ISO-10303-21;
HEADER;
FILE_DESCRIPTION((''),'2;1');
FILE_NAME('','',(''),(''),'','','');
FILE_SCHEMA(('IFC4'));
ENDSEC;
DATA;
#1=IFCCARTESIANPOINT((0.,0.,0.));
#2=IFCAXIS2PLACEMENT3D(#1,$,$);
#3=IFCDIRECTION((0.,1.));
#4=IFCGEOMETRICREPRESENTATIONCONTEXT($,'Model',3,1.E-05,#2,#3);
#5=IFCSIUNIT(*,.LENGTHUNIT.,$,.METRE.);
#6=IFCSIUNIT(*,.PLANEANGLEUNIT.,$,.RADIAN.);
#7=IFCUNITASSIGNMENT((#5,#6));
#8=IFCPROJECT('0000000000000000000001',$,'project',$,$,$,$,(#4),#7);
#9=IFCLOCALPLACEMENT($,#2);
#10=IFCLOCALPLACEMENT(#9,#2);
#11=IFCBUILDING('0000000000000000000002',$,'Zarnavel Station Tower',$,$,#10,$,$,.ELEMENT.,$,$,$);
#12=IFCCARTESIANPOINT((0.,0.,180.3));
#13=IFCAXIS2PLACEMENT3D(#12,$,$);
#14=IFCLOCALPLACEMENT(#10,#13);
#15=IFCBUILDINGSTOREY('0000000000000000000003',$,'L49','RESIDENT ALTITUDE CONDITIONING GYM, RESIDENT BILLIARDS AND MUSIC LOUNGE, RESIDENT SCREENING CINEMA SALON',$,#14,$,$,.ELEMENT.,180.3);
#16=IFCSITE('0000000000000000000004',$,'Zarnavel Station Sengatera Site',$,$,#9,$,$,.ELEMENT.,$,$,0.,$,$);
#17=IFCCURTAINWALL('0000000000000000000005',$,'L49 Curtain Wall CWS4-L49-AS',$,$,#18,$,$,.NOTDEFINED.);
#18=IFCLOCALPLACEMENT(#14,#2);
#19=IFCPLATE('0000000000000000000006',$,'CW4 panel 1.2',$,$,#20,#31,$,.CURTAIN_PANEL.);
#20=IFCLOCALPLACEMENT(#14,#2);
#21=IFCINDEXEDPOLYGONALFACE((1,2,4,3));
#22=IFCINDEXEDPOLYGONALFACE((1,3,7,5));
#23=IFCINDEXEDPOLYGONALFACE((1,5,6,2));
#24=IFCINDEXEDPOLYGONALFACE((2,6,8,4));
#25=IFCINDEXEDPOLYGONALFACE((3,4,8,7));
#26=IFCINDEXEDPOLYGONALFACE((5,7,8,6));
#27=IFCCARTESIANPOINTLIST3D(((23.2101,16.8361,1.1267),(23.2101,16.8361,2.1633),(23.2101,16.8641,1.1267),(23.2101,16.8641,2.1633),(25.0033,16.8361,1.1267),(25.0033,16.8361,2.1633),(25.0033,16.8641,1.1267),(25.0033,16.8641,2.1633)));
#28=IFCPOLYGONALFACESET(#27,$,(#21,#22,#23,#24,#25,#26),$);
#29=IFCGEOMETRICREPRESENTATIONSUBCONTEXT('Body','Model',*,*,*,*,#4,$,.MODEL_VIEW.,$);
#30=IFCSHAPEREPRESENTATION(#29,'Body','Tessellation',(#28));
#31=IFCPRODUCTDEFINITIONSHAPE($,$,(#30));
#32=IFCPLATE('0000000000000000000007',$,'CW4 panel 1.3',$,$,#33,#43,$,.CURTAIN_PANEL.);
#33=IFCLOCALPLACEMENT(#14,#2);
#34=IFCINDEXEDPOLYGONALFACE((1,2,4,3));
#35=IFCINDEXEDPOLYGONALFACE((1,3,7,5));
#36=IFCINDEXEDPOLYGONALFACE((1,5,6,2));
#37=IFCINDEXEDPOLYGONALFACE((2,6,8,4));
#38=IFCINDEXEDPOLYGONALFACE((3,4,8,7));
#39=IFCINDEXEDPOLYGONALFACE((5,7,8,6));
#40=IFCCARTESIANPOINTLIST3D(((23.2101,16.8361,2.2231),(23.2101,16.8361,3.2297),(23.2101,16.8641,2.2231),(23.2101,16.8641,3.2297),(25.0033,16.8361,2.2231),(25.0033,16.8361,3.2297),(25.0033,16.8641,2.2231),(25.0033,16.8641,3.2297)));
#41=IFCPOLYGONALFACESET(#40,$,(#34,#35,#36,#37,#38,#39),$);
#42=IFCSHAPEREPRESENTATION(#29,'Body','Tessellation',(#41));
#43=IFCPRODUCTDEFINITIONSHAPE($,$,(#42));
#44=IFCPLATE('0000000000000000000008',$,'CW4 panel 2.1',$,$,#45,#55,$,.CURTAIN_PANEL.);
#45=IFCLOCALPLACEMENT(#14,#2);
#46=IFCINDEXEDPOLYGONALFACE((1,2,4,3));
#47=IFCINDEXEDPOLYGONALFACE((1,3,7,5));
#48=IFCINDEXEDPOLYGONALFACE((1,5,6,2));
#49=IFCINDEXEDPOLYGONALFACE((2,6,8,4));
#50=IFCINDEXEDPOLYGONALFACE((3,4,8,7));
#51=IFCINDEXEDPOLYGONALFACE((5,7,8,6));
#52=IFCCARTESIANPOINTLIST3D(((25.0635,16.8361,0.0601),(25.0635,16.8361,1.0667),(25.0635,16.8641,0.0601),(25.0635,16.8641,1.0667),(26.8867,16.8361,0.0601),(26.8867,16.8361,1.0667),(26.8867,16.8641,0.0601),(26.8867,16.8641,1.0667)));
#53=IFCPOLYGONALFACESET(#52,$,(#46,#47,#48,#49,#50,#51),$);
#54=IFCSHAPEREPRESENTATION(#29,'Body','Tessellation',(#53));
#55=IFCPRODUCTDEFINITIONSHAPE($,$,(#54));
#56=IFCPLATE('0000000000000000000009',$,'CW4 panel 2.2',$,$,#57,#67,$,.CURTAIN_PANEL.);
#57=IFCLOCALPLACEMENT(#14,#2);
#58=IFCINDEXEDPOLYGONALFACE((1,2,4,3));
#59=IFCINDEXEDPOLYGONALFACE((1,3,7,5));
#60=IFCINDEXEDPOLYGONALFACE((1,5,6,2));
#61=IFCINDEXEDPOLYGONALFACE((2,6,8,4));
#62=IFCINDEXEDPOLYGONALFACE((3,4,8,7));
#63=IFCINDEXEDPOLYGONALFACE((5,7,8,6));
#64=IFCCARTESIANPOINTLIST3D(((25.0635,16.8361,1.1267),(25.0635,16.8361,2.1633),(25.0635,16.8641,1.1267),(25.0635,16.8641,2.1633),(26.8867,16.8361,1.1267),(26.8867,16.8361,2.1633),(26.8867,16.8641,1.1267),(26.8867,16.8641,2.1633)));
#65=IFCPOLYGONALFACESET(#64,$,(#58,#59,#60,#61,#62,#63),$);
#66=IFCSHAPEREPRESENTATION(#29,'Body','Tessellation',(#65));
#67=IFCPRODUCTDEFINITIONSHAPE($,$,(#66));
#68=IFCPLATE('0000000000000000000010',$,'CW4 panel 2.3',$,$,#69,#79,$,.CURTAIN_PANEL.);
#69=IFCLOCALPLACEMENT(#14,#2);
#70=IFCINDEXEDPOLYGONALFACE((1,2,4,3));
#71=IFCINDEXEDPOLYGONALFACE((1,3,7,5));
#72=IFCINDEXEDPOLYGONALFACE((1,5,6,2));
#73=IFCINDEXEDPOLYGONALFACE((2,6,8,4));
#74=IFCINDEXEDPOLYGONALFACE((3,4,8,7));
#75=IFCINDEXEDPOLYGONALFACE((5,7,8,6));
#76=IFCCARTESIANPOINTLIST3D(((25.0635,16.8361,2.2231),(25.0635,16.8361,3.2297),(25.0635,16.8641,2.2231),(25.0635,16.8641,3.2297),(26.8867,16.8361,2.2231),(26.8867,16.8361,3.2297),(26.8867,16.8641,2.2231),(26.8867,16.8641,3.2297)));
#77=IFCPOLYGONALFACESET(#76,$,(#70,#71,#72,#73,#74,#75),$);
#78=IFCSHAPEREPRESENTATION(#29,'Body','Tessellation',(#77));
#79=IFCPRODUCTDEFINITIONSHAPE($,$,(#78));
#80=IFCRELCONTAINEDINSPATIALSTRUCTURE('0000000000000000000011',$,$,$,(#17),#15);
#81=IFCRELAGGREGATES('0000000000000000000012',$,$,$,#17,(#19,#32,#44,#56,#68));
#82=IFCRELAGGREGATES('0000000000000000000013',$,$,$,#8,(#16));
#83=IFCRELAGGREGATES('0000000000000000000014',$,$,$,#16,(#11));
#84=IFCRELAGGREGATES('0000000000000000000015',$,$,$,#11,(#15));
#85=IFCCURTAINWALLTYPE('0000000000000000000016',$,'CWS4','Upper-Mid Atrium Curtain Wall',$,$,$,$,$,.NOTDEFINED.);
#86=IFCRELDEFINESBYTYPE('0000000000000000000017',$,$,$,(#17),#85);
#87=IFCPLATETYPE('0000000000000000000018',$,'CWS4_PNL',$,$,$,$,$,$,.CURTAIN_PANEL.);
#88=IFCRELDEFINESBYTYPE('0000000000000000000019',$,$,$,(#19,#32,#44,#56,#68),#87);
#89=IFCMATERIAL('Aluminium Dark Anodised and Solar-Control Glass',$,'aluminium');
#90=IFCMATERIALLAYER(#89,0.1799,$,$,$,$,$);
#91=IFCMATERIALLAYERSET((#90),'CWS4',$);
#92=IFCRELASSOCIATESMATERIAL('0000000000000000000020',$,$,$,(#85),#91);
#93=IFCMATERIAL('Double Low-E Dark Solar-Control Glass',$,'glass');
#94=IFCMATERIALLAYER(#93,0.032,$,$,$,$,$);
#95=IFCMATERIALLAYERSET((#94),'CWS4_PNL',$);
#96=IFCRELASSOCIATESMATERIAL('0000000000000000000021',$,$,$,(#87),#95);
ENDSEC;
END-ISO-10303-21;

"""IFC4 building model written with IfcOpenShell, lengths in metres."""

from ifc_helpers import new_model, si_unit, direction, frame, origin, origin_2d, place, context, subcontext, project, spatial, rectangle, extrude, material, layer, layer_set, type_object, element, aggregate, save


model = new_model("IFC4")

# Units and contexts
model_context = context("Model", 3, precision=1e-05, world=origin(), true_north=direction((0.0, 1.0)))
body_context = subcontext(model_context, "Body", "Model", "MODEL_VIEW")
ifc_project = project(units=[si_unit("LENGTHUNIT", "METRE"), si_unit("PLANEANGLEUNIT", "RADIAN")], contexts=[model_context])

# Site, building, storey
site_placement = place(None, origin())
site = spatial("IfcSite", under=ifc_project, at=site_placement, Name="Zarnavel Station Sengatera Site", CompositionType="ELEMENT", RefElevation=0.0)
building_placement = place(site_placement, origin())
building = spatial("IfcBuilding", under=site, at=building_placement, Name="Zarnavel Station Tower", CompositionType="ELEMENT")
storey_placement = place(building_placement, frame((0.0, 0.0, 180.3)))
storey = spatial("IfcBuildingStorey", under=building, at=storey_placement, Name="L49", Description="RESIDENT ALTITUDE CONDITIONING GYM, RESIDENT BILLIARDS AND MUSIC LOUNGE, RESIDENT SCREENING CINEMA SALON", CompositionType="ELEMENT", Elevation=180.3)

# Curtain wall, plates
ifc_material_1 = material(Name="Aluminium Dark Anodised and Solar-Control Glass", Category="aluminium")
ifc_layer_1 = layer(ifc_material_1, 0.1799)
ifc_layer_set_1 = layer_set([ifc_layer_1], Name="CWS4")
curtain_wall_type = type_object("IfcCurtainWallType", Name="CWS4", Description="Upper-Mid Atrium Curtain Wall", PredefinedType="NOTDEFINED", material=ifc_layer_set_1)
curtain_wall_placement = place(storey_placement, origin())
curtain_wall = element("IfcCurtainWall", 1, at=curtain_wall_placement, inside=storey, type_object=curtain_wall_type, Name="L49 Curtain Wall CWS4-L49-AS", PredefinedType="NOTDEFINED")
ifc_material_2 = material(Name="Double Low-E Dark Solar-Control Glass", Category="glass")
ifc_layer_2 = layer(ifc_material_2, 0.032)
ifc_layer_set_2 = layer_set([ifc_layer_2], Name="CWS4_PNL")
plate_type = type_object("IfcPlateType", Name="CWS4_PNL", PredefinedType="CURTAIN_PANEL", material=ifc_layer_set_2)
plate_1_placement = place(storey_placement, frame((24.1067, 16.8501, 1.1267), z_axis=(0.0, 0.0, 1.0), x_axis=(1.0, 0.0, 0.0)))
plate_1 = element("IfcPlate", 2, at=plate_1_placement, type_object=plate_type, Name="CW4 panel 1.2", PredefinedType="CURTAIN_PANEL", context=body_context, shape_type="SweptSolid", body=[
    extrude(rectangle(XDim=1.7932, YDim=0.0281, at=origin_2d()), origin(), (0.0, 0.0, 1.0), 1.0366),
])
plate_2_placement = place(storey_placement, frame((24.1067, 16.8501, 2.2231), z_axis=(0.0, 0.0, 1.0), x_axis=(1.0, 0.0, 0.0)))
plate_2 = element("IfcPlate", 3, at=plate_2_placement, type_object=plate_type, Name="CW4 panel 1.3", PredefinedType="CURTAIN_PANEL", context=body_context, shape_type="SweptSolid", body=[
    extrude(rectangle(XDim=1.7932, YDim=0.0281, at=origin_2d()), origin(), (0.0, 0.0, 1.0), 1.0066),
])
plate_3_placement = place(storey_placement, frame((25.9751, 16.8501, 0.0601), z_axis=(0.0, 0.0, 1.0), x_axis=(1.0, 0.0, 0.0)))
plate_3 = element("IfcPlate", 4, at=plate_3_placement, type_object=plate_type, Name="CW4 panel 2.1", PredefinedType="CURTAIN_PANEL", context=body_context, shape_type="SweptSolid", body=[
    extrude(rectangle(XDim=1.8232, YDim=0.0281, at=origin_2d()), origin(), (0.0, 0.0, 1.0), 1.0066),
])
plate_4_placement = place(storey_placement, frame((25.9751, 16.8501, 1.1267), z_axis=(0.0, 0.0, 1.0), x_axis=(1.0, 0.0, 0.0)))
plate_4 = element("IfcPlate", 5, at=plate_4_placement, type_object=plate_type, Name="CW4 panel 2.2", PredefinedType="CURTAIN_PANEL", context=body_context, shape_type="SweptSolid", body=[
    extrude(rectangle(XDim=1.8232, YDim=0.0281, at=origin_2d()), origin(), (0.0, 0.0, 1.0), 1.0366),
])
plate_5_placement = place(storey_placement, frame((25.9751, 16.8501, 2.2231), z_axis=(0.0, 0.0, 1.0), x_axis=(1.0, 0.0, 0.0)))
plate_5 = element("IfcPlate", 6, at=plate_5_placement, type_object=plate_type, Name="CW4 panel 2.3", PredefinedType="CURTAIN_PANEL", context=body_context, shape_type="SweptSolid", body=[
    extrude(rectangle(XDim=1.8232, YDim=0.0281, at=origin_2d()), origin(), (0.0, 0.0, 1.0), 1.0066),
])
aggregate(curtain_wall, [plate_1, plate_2, plate_3, plate_4, plate_5])

save(model, "model.ifc")
